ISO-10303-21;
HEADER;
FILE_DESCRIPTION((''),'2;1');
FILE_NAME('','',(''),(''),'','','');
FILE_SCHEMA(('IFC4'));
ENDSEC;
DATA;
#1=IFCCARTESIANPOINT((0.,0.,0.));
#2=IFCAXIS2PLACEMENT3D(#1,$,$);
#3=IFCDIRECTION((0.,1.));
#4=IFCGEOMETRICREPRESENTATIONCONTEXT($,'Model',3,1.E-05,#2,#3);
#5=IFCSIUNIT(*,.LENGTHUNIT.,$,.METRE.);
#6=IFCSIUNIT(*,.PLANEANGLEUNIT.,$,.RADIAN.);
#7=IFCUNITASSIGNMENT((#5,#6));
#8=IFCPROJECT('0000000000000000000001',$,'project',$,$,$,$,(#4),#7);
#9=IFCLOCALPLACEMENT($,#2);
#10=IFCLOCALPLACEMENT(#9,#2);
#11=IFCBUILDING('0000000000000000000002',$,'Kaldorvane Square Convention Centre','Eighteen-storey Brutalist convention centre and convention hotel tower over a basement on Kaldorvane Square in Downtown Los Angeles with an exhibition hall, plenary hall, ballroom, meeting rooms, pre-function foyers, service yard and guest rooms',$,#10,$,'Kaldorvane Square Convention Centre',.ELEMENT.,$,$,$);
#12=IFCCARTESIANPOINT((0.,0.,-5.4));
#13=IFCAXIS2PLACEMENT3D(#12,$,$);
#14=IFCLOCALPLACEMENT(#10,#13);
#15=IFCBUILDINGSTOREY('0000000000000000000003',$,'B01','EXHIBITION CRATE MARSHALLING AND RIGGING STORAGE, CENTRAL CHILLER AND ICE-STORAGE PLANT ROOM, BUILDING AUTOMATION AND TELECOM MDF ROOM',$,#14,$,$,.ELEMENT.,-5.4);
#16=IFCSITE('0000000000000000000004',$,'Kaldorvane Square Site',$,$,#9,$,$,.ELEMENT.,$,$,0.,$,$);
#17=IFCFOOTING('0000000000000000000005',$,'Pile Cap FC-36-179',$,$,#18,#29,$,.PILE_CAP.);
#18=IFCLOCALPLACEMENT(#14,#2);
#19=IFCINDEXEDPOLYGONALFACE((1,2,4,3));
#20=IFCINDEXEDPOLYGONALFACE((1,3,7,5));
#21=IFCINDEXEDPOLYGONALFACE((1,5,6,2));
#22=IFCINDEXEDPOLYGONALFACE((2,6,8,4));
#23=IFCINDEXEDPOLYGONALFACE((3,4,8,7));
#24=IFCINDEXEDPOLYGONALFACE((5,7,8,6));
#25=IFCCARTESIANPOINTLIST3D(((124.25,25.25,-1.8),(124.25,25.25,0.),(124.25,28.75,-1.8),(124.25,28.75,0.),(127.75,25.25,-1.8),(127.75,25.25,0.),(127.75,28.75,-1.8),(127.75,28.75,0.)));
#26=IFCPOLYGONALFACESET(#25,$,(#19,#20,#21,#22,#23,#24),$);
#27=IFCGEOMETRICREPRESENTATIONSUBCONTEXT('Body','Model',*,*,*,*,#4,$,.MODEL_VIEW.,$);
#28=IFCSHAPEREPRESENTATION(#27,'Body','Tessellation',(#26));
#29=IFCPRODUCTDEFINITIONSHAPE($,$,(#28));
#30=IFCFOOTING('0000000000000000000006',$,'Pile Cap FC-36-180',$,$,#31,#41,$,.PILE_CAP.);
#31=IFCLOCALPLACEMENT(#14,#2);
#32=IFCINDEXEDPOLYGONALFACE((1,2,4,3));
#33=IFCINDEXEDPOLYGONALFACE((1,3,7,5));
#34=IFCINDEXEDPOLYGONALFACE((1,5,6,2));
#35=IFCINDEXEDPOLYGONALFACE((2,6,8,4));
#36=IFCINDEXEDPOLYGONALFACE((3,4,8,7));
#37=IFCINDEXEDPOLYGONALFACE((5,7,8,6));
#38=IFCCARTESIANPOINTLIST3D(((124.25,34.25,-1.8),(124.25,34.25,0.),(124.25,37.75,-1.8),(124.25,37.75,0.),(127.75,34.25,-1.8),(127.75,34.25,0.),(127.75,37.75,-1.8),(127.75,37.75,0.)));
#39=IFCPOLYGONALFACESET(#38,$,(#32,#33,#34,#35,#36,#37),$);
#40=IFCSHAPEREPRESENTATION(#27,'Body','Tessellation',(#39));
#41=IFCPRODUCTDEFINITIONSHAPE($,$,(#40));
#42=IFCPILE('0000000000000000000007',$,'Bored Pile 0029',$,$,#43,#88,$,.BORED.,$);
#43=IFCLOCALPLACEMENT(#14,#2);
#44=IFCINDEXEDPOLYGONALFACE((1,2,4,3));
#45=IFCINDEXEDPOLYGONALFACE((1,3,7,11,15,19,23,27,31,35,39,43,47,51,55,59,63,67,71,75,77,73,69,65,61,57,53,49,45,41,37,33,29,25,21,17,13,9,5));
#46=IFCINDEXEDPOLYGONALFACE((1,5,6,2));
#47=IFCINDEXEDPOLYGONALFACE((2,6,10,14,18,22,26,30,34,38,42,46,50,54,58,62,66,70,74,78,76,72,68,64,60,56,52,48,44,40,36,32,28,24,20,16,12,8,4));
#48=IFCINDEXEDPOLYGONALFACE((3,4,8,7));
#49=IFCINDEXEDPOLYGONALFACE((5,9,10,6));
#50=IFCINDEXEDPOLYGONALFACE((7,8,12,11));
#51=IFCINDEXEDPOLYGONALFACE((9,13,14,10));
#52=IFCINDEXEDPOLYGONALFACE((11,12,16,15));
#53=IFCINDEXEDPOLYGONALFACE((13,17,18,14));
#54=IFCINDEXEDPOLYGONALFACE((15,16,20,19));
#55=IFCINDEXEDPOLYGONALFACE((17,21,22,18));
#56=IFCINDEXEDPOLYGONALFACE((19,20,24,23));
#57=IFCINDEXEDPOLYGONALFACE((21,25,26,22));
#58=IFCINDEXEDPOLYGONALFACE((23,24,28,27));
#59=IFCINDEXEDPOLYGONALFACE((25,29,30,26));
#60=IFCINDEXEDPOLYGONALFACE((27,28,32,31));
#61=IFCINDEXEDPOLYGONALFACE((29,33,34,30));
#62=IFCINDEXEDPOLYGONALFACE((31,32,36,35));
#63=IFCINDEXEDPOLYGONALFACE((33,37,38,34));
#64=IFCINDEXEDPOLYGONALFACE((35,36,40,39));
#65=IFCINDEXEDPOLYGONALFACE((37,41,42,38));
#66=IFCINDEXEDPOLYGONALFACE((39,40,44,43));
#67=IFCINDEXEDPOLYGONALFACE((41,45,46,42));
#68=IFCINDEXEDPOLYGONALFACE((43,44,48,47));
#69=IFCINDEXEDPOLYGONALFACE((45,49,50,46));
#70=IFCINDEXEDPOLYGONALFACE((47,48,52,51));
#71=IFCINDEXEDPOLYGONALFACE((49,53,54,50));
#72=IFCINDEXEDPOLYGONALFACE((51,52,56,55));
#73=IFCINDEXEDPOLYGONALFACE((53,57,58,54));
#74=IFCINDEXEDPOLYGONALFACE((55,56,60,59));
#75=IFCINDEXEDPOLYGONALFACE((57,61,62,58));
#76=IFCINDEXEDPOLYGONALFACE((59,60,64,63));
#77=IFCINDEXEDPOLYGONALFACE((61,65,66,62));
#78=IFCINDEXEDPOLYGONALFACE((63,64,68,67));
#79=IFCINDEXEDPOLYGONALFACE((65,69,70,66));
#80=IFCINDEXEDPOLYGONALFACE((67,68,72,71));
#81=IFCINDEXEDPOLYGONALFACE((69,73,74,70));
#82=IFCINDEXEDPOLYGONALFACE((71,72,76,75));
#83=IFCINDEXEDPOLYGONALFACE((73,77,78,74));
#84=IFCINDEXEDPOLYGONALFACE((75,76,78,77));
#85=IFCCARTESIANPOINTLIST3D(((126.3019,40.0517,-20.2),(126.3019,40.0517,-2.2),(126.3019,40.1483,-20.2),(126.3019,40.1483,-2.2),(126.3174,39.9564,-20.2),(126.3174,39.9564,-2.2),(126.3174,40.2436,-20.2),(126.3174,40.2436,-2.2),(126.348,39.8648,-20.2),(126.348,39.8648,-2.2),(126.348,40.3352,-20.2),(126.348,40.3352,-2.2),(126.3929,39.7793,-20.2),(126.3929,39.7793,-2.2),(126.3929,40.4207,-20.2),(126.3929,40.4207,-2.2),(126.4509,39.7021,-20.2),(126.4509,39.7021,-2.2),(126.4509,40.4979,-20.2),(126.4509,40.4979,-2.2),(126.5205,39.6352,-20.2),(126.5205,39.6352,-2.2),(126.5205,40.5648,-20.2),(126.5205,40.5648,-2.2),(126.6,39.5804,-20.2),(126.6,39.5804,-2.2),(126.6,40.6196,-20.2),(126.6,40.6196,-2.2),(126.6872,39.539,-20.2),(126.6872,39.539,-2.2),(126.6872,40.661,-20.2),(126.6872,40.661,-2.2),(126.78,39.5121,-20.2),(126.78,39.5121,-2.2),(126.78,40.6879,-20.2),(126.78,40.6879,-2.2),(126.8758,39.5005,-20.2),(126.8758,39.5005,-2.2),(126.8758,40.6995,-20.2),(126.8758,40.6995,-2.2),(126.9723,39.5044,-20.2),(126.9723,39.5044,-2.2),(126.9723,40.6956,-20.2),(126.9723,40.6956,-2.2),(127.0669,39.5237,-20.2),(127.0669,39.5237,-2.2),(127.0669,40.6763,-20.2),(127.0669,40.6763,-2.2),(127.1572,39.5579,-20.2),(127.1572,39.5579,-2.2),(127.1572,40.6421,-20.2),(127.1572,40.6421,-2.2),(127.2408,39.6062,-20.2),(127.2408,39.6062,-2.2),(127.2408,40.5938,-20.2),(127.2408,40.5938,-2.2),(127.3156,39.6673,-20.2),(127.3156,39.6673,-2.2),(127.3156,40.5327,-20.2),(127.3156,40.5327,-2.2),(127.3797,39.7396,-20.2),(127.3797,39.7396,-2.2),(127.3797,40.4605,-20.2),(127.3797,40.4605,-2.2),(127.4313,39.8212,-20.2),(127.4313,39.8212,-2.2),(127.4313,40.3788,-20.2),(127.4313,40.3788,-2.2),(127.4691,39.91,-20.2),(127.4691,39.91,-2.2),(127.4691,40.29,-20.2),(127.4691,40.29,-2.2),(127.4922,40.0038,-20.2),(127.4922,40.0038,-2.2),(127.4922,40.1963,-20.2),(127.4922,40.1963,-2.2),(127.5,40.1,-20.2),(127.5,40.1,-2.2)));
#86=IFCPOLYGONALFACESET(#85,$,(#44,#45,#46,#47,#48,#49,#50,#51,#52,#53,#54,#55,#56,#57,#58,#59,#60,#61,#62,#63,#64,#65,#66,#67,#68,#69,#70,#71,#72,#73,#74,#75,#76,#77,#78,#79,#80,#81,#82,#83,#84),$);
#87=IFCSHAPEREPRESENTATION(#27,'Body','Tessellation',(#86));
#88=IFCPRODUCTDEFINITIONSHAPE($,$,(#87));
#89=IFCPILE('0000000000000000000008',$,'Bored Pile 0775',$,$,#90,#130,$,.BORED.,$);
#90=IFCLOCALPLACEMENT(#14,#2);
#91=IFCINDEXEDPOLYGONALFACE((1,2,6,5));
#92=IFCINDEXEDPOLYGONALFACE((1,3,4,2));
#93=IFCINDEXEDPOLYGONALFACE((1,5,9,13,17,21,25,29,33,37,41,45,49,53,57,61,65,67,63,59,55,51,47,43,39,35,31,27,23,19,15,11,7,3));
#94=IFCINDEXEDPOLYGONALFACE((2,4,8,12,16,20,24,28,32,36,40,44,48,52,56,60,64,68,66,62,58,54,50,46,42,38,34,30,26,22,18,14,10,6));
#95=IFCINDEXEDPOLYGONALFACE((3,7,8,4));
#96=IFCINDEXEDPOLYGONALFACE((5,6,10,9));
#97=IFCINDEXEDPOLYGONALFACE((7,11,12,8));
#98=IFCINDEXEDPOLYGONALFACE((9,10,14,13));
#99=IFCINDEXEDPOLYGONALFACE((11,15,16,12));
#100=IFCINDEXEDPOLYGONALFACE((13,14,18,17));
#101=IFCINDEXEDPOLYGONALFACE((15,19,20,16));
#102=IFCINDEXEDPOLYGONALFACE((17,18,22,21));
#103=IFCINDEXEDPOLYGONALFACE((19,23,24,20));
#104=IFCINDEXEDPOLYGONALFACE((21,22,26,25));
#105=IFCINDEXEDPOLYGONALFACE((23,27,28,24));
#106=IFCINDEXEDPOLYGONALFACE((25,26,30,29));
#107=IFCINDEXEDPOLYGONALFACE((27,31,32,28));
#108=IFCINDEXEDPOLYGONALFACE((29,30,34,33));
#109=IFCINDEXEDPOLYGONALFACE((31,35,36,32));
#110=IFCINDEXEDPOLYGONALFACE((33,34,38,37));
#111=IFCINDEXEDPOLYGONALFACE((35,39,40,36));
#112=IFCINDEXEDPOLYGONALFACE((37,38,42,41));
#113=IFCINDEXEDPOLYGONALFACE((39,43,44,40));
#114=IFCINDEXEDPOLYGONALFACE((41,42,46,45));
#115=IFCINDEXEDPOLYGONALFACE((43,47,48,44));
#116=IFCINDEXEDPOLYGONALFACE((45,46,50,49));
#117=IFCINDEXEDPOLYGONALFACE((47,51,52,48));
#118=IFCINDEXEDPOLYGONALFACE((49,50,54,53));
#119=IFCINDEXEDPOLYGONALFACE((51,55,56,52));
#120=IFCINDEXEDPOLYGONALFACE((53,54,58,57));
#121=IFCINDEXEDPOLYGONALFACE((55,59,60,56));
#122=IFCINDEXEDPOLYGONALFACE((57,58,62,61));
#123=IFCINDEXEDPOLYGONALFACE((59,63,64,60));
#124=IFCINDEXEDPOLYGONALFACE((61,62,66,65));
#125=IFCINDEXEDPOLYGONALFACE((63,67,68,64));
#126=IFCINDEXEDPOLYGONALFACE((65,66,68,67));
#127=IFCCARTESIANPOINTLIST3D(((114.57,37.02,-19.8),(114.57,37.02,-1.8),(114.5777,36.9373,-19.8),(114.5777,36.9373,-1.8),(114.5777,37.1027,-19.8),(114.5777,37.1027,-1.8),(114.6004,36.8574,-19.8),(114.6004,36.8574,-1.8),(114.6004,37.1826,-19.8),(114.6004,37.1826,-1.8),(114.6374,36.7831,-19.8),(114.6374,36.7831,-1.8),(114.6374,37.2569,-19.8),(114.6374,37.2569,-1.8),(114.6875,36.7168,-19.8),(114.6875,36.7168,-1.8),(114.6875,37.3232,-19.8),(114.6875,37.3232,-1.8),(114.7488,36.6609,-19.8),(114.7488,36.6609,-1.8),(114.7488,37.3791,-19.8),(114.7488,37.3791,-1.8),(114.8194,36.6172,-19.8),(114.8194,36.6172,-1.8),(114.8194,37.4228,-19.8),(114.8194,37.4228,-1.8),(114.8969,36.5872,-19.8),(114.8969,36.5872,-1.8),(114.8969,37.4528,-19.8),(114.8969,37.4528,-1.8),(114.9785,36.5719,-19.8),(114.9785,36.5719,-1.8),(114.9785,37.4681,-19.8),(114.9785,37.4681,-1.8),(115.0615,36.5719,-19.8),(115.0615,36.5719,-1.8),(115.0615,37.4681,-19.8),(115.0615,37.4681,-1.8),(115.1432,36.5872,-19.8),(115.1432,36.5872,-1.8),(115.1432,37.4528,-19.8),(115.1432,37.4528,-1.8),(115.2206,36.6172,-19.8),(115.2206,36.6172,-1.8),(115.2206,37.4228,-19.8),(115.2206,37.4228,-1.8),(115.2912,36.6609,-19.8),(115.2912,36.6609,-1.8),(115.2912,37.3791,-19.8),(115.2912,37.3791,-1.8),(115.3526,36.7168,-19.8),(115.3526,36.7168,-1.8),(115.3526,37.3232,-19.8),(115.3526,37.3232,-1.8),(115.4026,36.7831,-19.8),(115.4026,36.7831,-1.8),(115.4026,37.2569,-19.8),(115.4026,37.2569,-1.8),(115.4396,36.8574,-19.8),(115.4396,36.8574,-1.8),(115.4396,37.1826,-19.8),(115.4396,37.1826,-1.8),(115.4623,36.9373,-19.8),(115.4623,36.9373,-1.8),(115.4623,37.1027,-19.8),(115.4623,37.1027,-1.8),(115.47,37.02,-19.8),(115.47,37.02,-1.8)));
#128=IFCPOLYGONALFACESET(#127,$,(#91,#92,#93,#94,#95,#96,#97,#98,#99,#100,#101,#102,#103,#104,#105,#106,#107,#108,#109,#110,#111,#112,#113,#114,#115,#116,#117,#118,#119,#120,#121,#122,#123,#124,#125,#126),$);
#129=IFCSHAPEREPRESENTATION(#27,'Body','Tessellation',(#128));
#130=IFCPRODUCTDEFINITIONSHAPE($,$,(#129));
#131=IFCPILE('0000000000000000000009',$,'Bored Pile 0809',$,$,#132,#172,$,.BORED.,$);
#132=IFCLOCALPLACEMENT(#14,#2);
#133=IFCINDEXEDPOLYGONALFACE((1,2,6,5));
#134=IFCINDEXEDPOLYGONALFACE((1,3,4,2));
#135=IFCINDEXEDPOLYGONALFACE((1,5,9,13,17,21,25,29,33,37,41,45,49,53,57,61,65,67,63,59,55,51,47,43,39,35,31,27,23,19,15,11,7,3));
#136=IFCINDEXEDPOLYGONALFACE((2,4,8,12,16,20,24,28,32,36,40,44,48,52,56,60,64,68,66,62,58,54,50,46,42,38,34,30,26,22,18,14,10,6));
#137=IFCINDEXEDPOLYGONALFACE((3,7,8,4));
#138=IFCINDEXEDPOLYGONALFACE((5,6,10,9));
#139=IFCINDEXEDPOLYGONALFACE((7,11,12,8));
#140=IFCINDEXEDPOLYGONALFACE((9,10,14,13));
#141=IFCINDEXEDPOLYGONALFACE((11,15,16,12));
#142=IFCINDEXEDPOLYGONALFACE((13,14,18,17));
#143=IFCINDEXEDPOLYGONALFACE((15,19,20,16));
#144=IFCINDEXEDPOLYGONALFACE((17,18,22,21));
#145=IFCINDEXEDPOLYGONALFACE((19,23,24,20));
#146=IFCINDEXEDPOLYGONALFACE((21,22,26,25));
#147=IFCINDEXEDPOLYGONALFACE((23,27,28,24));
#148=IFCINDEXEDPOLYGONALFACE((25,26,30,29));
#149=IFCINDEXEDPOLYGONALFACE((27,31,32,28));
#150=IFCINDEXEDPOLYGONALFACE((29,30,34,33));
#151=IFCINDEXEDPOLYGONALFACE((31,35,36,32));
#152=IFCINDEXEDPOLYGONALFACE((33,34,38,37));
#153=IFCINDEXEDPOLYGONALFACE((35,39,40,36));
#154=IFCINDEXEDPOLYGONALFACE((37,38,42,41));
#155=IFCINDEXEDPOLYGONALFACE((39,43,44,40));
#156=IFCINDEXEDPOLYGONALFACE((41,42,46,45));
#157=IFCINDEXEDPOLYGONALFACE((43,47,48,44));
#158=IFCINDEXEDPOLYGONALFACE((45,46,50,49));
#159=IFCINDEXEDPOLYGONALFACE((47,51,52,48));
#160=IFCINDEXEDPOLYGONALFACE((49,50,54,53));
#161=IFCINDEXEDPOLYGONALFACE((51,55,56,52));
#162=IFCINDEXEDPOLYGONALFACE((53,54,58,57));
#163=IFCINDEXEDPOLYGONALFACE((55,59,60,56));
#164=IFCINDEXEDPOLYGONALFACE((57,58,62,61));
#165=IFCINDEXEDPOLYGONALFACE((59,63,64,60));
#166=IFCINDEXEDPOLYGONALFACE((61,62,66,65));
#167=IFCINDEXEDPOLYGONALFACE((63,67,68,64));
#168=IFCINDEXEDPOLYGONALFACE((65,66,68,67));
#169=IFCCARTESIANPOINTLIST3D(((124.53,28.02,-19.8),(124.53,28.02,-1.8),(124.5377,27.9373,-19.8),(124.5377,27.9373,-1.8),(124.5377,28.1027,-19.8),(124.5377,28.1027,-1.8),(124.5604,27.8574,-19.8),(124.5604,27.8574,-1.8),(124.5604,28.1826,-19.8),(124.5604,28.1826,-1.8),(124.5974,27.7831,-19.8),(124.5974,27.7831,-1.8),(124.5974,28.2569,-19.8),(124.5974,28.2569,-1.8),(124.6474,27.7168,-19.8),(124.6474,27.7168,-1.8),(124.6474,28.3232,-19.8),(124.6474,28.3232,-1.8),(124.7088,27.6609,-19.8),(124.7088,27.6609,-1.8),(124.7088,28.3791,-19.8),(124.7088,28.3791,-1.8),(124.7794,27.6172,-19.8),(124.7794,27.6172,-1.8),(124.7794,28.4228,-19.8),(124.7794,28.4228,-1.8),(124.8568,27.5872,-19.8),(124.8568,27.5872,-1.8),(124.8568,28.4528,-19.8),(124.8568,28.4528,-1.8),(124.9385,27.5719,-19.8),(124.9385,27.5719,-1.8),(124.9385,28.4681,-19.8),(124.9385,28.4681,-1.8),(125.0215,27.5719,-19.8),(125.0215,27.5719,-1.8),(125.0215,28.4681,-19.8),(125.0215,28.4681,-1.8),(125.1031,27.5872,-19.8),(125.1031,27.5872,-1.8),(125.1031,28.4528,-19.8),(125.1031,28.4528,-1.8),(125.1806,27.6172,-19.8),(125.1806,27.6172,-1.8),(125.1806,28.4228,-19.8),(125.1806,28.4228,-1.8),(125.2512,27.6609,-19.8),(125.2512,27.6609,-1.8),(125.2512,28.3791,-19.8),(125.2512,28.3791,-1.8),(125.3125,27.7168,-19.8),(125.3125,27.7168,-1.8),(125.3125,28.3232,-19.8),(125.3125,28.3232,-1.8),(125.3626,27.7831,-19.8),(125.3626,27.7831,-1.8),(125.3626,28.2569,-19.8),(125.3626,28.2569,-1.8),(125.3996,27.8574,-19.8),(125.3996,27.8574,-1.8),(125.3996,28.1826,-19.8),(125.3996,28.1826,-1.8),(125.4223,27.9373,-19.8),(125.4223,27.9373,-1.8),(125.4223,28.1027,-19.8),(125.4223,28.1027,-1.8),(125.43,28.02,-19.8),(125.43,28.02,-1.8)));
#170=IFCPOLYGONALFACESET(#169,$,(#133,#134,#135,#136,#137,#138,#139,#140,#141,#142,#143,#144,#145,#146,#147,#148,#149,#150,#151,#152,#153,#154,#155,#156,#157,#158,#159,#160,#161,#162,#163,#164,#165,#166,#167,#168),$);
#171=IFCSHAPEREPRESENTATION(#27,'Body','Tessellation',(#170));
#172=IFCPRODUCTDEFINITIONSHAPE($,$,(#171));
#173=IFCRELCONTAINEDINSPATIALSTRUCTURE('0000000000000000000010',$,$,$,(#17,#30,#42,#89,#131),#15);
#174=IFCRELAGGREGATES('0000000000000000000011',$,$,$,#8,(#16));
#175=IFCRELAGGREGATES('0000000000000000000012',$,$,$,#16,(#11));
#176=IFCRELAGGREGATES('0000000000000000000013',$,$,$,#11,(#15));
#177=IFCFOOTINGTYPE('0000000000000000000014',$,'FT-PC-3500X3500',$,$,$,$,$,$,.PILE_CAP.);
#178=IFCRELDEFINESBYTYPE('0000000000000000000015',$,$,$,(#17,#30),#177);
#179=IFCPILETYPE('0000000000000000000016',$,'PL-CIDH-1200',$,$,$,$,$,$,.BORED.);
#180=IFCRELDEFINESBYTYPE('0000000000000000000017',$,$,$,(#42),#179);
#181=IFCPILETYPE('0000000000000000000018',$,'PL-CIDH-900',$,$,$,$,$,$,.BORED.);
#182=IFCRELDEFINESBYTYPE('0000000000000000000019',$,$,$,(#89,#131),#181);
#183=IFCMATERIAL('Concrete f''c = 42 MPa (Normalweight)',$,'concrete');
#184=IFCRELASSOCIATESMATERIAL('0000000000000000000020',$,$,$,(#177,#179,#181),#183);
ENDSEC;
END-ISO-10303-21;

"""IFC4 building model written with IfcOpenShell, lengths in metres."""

from ifc_helpers import new_model, si_unit, direction, frame, origin, origin_2d, place, context, subcontext, project, spatial, rectangle, circle, extrude, material, material_profile, profile_set, type_object, element, save


model = new_model("IFC4")

# Units and contexts
model_context = context("Model", 3, precision=1e-05, world=origin(), true_north=direction((0.0, 1.0)))
body_context = subcontext(model_context, "Body", "Model", "MODEL_VIEW")
ifc_project = project(units=[si_unit("LENGTHUNIT", "METRE"), si_unit("PLANEANGLEUNIT", "RADIAN")], contexts=[model_context])

# Site, building, storey
site_placement = place(None, origin())
site = spatial("IfcSite", under=ifc_project, at=site_placement, Name="Kaldorvane Square Site", CompositionType="ELEMENT", RefElevation=0.0)
building_placement = place(site_placement, origin())
building = spatial("IfcBuilding", under=site, at=building_placement, Name="Kaldorvane Square Convention Centre", Description="Eighteen-storey Brutalist convention centre and convention hotel tower over a basement on Kaldorvane Square in Downtown Los Angeles with an exhibition hall, plenary hall, ballroom, meeting rooms, pre-function foyers, service yard and guest rooms", LongName="Kaldorvane Square Convention Centre", CompositionType="ELEMENT")
storey_placement = place(building_placement, frame((0.0, 0.0, -5.4)))
storey = spatial("IfcBuildingStorey", under=building, at=storey_placement, Name="B01", Description="EXHIBITION CRATE MARSHALLING AND RIGGING STORAGE, CENTRAL CHILLER AND ICE-STORAGE PLANT ROOM, BUILDING AUTOMATION AND TELECOM MDF ROOM", CompositionType="ELEMENT", Elevation=-5.4)

# Footings
ifc_material_1 = material(Name="Concrete f'c = 42 MPa (Normalweight)", Category="concrete")
footing_type = type_object("IfcFootingType", Name="FT-PC-3500X3500", PredefinedType="PILE_CAP", material=ifc_material_1)
for number, where, z_axis, x_axis, name in (
    (1, (126.0, 27.0, -1.8), (0.0, 0.0, 1.0), (1.0, 0.0, 0.0), "Pile Cap FC-36-179"),
    (2, (126.0, 36.0, -1.8), (0.0, 0.0, 1.0), (1.0, 0.0, 0.0), "Pile Cap FC-36-180"),
):
    element("IfcFooting", number, at=place(storey_placement, frame(where, z_axis=z_axis, x_axis=x_axis)), inside=storey, type_object=footing_type, Name=name, PredefinedType="PILE_CAP", context=body_context, shape_type="SweptSolid", body=[
        extrude(rectangle(XDim=3.5, YDim=3.5, at=origin_2d()), origin(), (0.0, 0.0, 1.0), 1.8),
    ])

# Piles
ifc_material_profile_1 = material_profile(ifc_material_1, circle(Radius=0.6, at=origin_2d()), Name="PILE-D1200")
ifc_profile_set_1 = profile_set([ifc_material_profile_1], Name="Concrete f'c = 42 MPa (Normalweight)")
pile_type_1 = type_object("IfcPileType", Name="PL-CIDH-1200", PredefinedType="BORED", material=ifc_profile_set_1)
pile_placement = place(storey_placement, frame((126.9, 40.1, -2.2), z_axis=(0.0, 0.0, -1.0), x_axis=(1.0, 0.0, 0.0)))
element("IfcPile", 3, at=pile_placement, inside=storey, type_object=pile_type_1, Name="Bored Pile 0029", PredefinedType="BORED", context=body_context, shape_type="SweptSolid", body=[
    extrude(circle(Radius=0.6, at=origin_2d()), origin(), (0.0, 0.0, 1.0), 18.0),
])
ifc_material_profile_2 = material_profile(ifc_material_1, circle(Radius=0.45, at=origin_2d()), Name="PILE-D900")
ifc_profile_set_2 = profile_set([ifc_material_profile_2], Name="Concrete f'c = 42 MPa (Normalweight)")
pile_type_2 = type_object("IfcPileType", Name="PL-CIDH-900", PredefinedType="BORED", material=ifc_profile_set_2)
for number, where, z_axis, x_axis, name in (
    (4, (115.02, 37.02, -1.8), (0.0, 0.0, -1.0), (1.0, 0.0, 0.0), "Bored Pile 0775"),
    (5, (124.98, 28.02, -1.8), (0.0, 0.0, -1.0), (1.0, 0.0, 0.0), "Bored Pile 0809"),
):
    element("IfcPile", number, at=place(storey_placement, frame(where, z_axis=z_axis, x_axis=x_axis)), inside=storey, type_object=pile_type_2, Name=name, PredefinedType="BORED", context=body_context, shape_type="SweptSolid", body=[
        extrude(circle(Radius=0.45, at=origin_2d()), origin(), (0.0, 0.0, 1.0), 18.0),
    ])

save(model, "model.ifc")
